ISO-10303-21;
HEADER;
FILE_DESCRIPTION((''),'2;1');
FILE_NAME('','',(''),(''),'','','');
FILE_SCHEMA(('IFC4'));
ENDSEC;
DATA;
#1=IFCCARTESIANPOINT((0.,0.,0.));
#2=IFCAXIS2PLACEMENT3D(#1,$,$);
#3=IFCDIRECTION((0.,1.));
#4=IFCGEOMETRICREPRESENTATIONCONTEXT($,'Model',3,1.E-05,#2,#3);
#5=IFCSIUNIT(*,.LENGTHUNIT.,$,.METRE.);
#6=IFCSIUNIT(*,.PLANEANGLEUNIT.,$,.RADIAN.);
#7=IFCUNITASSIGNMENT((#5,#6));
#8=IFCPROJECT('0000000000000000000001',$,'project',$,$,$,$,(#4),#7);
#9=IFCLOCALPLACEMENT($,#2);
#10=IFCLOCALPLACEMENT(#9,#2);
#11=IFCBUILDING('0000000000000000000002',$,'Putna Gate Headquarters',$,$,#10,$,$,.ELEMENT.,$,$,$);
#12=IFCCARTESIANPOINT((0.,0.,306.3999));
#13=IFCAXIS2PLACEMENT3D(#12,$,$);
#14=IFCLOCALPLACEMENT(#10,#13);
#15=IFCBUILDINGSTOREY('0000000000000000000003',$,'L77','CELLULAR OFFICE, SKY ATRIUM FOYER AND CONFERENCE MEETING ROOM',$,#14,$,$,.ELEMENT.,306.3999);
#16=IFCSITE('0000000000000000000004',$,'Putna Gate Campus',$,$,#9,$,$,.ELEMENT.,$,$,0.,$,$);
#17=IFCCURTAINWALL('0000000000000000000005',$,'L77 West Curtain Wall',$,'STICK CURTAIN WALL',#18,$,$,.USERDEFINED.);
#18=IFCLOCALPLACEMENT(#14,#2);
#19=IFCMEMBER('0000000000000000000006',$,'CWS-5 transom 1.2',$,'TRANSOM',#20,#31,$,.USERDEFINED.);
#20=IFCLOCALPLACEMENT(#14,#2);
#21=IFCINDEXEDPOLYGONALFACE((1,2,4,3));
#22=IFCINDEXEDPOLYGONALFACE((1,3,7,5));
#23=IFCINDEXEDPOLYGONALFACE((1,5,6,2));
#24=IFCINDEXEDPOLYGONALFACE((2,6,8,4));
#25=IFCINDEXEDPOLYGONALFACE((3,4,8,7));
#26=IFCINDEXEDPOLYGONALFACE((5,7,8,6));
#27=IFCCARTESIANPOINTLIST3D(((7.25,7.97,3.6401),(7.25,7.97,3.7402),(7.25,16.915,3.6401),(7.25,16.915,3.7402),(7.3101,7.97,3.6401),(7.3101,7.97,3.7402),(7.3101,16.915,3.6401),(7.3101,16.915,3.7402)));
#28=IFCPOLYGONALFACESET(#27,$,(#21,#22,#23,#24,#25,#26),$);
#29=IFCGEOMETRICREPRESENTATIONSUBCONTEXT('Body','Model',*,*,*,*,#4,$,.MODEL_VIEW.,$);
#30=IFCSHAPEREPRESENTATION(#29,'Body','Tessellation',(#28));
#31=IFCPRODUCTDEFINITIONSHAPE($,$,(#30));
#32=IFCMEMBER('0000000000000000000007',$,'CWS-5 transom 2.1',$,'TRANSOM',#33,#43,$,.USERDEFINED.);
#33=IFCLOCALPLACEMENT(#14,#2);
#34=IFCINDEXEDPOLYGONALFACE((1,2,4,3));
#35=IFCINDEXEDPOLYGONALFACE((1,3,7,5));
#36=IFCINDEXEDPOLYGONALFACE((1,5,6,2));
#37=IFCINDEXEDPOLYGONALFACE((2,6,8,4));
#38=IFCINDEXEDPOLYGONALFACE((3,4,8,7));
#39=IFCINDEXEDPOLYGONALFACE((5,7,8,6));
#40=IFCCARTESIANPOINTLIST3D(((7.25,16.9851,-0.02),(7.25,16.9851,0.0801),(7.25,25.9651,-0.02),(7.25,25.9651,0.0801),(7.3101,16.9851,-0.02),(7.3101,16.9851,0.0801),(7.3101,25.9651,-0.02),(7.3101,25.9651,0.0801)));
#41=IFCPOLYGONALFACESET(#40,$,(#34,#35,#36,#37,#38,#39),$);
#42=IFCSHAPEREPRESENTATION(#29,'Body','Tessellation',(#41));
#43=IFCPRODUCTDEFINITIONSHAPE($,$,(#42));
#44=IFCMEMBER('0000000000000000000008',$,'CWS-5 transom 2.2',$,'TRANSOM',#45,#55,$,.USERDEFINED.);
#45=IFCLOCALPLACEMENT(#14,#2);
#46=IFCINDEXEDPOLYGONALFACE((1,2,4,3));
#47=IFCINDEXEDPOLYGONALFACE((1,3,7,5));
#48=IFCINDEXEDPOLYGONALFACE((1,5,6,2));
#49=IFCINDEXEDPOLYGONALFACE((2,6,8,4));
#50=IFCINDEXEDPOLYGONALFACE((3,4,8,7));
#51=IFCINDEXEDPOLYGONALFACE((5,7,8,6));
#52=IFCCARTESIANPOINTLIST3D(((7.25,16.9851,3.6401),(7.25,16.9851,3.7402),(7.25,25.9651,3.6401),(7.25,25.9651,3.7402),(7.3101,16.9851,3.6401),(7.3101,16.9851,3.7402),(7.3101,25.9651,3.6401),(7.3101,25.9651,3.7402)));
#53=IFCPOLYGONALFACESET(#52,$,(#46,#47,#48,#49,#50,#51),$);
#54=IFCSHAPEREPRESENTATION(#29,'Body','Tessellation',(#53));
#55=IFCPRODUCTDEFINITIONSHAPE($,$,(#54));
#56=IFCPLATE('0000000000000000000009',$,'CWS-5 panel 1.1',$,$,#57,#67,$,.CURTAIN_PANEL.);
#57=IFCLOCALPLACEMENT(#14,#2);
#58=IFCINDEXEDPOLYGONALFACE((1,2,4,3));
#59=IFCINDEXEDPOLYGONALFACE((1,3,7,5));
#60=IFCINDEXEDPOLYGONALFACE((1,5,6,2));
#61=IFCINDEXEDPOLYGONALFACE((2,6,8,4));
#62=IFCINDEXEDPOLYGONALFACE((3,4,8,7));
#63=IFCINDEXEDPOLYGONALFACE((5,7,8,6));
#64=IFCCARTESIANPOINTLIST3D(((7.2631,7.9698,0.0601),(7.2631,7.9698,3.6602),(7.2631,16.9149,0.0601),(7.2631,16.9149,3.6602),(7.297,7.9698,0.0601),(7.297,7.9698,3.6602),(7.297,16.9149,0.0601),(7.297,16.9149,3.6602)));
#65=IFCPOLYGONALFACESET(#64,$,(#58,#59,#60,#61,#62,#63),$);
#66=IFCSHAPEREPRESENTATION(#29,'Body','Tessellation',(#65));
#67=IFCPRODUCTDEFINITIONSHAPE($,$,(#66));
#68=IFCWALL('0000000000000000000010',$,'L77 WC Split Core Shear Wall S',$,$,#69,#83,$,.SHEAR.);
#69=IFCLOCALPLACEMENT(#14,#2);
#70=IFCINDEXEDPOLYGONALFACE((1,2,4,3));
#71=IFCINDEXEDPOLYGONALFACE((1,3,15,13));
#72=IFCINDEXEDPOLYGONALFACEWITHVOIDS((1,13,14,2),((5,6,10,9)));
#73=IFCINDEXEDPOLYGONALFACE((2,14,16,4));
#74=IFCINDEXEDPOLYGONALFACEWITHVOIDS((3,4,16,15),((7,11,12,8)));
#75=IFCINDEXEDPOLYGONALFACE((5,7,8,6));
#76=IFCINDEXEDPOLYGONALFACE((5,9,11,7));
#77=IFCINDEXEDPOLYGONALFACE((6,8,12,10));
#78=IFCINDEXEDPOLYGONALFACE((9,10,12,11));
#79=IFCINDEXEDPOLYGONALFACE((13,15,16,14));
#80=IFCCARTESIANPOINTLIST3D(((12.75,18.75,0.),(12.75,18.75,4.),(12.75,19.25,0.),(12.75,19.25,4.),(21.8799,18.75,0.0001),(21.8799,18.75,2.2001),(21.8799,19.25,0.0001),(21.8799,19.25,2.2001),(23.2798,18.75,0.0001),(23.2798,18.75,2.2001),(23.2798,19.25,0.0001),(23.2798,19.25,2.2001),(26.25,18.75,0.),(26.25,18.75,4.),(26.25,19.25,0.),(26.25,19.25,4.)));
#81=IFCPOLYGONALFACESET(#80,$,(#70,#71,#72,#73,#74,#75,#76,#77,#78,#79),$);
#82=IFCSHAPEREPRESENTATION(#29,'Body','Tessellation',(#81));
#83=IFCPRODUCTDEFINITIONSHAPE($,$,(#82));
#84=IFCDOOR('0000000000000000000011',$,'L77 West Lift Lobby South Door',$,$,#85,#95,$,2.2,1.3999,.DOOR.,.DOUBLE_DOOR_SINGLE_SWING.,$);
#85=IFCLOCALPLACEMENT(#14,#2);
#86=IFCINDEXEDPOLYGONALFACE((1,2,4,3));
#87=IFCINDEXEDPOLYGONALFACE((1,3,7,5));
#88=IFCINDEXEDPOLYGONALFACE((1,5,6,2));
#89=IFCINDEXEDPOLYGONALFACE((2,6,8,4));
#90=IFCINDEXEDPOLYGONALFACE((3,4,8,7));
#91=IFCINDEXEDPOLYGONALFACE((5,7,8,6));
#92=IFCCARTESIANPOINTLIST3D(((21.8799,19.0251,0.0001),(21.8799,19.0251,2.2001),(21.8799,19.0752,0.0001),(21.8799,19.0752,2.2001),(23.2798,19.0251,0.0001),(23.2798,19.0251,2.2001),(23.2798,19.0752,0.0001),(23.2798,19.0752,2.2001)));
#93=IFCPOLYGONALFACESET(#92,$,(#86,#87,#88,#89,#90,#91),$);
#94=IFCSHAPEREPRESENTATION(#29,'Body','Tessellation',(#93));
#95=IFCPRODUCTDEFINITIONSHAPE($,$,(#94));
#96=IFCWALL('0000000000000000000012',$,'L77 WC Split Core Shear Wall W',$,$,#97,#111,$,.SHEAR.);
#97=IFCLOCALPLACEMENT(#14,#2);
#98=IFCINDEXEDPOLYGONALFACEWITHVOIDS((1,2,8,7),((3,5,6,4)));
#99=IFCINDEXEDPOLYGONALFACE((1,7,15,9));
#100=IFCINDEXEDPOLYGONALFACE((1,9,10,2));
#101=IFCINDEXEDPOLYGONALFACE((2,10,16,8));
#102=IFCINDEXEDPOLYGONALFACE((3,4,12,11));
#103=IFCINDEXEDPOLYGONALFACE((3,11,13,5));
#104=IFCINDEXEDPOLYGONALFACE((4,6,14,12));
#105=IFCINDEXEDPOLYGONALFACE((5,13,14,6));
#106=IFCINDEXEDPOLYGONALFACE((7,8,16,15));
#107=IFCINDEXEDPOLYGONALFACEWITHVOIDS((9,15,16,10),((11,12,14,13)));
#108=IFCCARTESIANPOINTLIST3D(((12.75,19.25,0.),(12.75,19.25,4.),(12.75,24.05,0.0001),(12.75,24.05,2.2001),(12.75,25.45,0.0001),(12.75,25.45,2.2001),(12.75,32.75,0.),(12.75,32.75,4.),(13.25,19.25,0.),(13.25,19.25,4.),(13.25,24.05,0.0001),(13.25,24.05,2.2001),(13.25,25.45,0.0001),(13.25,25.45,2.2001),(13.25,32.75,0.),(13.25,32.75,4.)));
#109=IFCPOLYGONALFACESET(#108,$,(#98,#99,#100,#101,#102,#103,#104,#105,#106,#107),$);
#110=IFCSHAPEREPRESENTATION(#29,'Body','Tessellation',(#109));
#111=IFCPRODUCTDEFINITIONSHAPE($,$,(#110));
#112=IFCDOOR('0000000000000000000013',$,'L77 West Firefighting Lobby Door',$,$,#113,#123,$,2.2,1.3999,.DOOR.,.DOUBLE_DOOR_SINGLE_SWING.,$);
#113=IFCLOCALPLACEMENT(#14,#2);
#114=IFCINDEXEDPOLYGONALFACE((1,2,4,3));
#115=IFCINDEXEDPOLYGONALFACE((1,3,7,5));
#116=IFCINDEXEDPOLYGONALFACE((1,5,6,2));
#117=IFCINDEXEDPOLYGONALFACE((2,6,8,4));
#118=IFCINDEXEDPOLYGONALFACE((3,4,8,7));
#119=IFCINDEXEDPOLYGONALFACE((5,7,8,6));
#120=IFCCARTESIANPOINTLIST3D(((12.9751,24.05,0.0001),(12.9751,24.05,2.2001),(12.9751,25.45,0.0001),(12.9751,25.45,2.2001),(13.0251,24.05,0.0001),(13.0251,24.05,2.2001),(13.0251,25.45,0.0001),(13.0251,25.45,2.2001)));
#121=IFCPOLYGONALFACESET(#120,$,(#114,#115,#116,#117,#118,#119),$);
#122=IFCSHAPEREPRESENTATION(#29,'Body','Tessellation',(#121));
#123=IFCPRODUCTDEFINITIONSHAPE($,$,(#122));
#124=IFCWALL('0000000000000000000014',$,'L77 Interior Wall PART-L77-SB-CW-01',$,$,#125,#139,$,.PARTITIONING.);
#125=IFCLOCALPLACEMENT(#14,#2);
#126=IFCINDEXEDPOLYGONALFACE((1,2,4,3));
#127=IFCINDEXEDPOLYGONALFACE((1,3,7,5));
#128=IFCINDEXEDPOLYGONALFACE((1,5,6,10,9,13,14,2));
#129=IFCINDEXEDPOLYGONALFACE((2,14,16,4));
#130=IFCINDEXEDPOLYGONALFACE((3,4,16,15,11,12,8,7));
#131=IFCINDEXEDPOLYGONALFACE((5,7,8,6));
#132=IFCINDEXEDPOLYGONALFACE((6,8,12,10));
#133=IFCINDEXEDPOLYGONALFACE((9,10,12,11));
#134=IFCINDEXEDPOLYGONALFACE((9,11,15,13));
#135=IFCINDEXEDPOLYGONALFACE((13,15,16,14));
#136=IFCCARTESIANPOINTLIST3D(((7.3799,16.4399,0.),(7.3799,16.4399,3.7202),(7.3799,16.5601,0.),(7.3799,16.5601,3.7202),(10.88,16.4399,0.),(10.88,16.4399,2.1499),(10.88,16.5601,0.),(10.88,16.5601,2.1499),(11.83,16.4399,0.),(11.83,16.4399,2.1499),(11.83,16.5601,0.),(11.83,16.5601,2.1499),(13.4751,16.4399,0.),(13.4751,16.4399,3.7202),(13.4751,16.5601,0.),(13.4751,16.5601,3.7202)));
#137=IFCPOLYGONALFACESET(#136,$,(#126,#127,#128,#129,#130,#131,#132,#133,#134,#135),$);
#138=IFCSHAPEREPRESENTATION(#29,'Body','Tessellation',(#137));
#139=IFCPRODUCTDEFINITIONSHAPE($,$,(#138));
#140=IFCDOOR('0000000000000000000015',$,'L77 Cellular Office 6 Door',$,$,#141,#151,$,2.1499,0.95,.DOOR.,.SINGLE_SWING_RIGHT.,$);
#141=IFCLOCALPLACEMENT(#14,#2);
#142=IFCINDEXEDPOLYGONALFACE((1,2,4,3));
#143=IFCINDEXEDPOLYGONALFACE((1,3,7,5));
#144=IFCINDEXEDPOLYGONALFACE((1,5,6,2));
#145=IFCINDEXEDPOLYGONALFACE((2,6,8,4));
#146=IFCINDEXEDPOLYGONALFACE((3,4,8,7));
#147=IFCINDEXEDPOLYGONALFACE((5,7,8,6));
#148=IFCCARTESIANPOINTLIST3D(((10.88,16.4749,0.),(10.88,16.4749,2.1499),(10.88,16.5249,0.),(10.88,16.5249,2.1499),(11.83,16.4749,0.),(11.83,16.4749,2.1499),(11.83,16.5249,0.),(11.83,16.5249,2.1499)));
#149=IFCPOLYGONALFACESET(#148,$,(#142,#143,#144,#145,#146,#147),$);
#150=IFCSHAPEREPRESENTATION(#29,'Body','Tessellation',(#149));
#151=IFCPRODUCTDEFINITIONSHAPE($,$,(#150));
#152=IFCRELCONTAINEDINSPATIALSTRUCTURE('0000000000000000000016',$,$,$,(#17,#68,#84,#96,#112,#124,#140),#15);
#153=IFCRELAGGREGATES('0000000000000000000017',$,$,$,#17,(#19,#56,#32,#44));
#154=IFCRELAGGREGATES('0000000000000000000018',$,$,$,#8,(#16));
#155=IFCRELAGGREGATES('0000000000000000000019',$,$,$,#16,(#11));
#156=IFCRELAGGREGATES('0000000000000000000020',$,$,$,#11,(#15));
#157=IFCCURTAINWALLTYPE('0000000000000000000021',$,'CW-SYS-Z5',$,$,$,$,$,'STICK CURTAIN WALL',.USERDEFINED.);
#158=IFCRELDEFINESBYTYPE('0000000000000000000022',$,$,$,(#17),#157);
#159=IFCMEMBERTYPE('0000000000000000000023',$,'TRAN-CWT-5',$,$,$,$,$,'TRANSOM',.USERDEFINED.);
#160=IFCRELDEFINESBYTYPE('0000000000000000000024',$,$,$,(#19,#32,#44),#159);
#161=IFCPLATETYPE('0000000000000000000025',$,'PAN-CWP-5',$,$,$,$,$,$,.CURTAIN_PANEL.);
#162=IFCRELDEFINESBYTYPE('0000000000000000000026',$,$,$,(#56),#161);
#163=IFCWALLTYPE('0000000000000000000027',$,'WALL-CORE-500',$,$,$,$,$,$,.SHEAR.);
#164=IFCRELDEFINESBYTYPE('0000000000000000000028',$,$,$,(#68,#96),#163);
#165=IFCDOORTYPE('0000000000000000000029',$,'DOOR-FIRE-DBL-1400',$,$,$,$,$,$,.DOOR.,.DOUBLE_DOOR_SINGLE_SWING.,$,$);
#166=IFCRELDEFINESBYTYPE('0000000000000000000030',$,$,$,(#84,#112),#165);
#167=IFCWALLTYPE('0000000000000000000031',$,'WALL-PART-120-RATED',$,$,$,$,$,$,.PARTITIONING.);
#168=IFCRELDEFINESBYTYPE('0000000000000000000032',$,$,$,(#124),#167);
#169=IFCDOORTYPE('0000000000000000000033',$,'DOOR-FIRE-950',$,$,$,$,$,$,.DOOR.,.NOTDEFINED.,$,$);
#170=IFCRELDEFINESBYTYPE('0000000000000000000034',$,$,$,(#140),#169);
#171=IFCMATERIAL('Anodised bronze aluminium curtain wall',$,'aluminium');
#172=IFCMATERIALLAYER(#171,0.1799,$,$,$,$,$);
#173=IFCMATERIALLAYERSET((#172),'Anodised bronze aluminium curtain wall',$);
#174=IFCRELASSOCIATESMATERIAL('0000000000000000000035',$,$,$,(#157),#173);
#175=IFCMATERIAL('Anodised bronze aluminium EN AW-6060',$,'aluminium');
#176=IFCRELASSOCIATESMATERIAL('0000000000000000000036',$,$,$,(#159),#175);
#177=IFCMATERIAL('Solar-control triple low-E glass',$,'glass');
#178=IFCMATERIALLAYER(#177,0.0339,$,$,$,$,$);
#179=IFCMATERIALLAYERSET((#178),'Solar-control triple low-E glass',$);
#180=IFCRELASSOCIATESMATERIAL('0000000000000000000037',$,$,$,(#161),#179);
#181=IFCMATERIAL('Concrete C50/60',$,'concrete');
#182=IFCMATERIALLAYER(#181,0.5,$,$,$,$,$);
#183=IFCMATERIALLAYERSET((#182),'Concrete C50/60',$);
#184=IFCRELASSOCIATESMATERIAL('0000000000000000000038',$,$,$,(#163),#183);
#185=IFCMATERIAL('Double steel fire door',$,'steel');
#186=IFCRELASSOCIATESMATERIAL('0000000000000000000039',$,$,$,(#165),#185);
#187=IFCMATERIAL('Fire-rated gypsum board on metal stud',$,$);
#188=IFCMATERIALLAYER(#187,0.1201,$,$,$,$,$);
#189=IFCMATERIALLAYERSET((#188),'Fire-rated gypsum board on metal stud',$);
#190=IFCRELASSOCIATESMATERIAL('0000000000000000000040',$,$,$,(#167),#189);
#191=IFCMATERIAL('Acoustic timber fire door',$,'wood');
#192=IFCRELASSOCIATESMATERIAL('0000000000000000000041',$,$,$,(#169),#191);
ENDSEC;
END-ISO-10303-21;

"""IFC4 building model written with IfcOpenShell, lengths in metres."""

from ifc_helpers import new_model, si_unit, direction, frame, frame_2d, origin, origin_2d, place, context, subcontext, project, spatial, rectangle, extrude, material, layer, layer_set, material_profile, profile_set, type_object, element, fill, aggregate, save


model = new_model("IFC4")

# Units and contexts
model_context = context("Model", 3, precision=1e-05, world=origin(), true_north=direction((0.0, 1.0)))
body_context = subcontext(model_context, "Body", "Model", "MODEL_VIEW")
ifc_project = project(units=[si_unit("LENGTHUNIT", "METRE"), si_unit("PLANEANGLEUNIT", "RADIAN")], contexts=[model_context])

# Site, building, storey
site_placement = place(None, origin())
site = spatial("IfcSite", under=ifc_project, at=site_placement, Name="Putna Gate Campus", CompositionType="ELEMENT", RefElevation=0.0)
building_placement = place(site_placement, origin())
building = spatial("IfcBuilding", under=site, at=building_placement, Name="Putna Gate Headquarters", CompositionType="ELEMENT")
storey_placement = place(building_placement, frame((0.0, 0.0, 306.3999)))
storey = spatial("IfcBuildingStorey", under=building, at=storey_placement, Name="L77", Description="CELLULAR OFFICE, SKY ATRIUM FOYER AND CONFERENCE MEETING ROOM", CompositionType="ELEMENT", Elevation=306.3999)

# Curtain wall, members, plate
ifc_material_1 = material(Name="Anodised bronze aluminium curtain wall", Category="aluminium")
ifc_layer_1 = layer(ifc_material_1, 0.1799)
ifc_layer_set_1 = layer_set([ifc_layer_1], Name="Anodised bronze aluminium curtain wall")
curtain_wall_type = type_object("IfcCurtainWallType", Name="CW-SYS-Z5", ElementType="STICK CURTAIN WALL", PredefinedType="USERDEFINED", material=ifc_layer_set_1)
curtain_wall_placement = place(storey_placement, origin())
curtain_wall = element("IfcCurtainWall", 1, at=curtain_wall_placement, inside=storey, type_object=curtain_wall_type, Name="L77 West Curtain Wall", ObjectType="STICK CURTAIN WALL", PredefinedType="USERDEFINED")
ifc_material_2 = material(Name="Anodised bronze aluminium EN AW-6060", Category="aluminium")
ifc_material_profile_1 = material_profile(ifc_material_2, rectangle(XDim=0.0601, YDim=0.1001, at=origin_2d()), Name="Anodised bronze aluminium EN AW-6060")
ifc_profile_set_1 = profile_set([ifc_material_profile_1], Name="Anodised bronze aluminium EN AW-6060")
member_type_1 = type_object("IfcMemberType", Name="TRAN-CWT-5", ElementType="TRANSOM", PredefinedType="USERDEFINED", material=ifc_profile_set_1)
member_1_placement = place(storey_placement, frame((7.28, 7.97, 3.6902), z_axis=(0.0, 1.0, 0.0), x_axis=(-1.0, 0.0, 0.0)))
member_1 = element("IfcMember", 2, at=member_1_placement, type_object=member_type_1, Name="CWS-5 transom 1.2", ObjectType="TRANSOM", PredefinedType="USERDEFINED", context=body_context, shape_type="SweptSolid", body=[
    extrude(rectangle(XDim=0.0601, YDim=0.1001, at=origin_2d()), origin(), (0.0, 0.0, 1.0), 8.9451),
])
member_2_placement = place(storey_placement, frame((7.28, 16.9851, 0.03), z_axis=(0.0, 1.0, 0.0), x_axis=(-1.0, 0.0, 0.0)))
member_2 = element("IfcMember", 3, at=member_2_placement, type_object=member_type_1, Name="CWS-5 transom 2.1", ObjectType="TRANSOM", PredefinedType="USERDEFINED", context=body_context, shape_type="SweptSolid", body=[
    extrude(rectangle(XDim=0.0601, YDim=0.1001, at=origin_2d()), origin(), (0.0, 0.0, 1.0), 8.98),
])
member_3_placement = place(storey_placement, frame((7.28, 16.9851, 3.6902), z_axis=(0.0, 1.0, 0.0), x_axis=(-1.0, 0.0, 0.0)))
member_3 = element("IfcMember", 4, at=member_3_placement, type_object=member_type_1, Name="CWS-5 transom 2.2", ObjectType="TRANSOM", PredefinedType="USERDEFINED", context=body_context, shape_type="SweptSolid", body=[
    extrude(rectangle(XDim=0.0601, YDim=0.1001, at=origin_2d()), origin(), (0.0, 0.0, 1.0), 8.98),
])
ifc_material_3 = material(Name="Solar-control triple low-E glass", Category="glass")
ifc_layer_2 = layer(ifc_material_3, 0.0339)
ifc_layer_set_2 = layer_set([ifc_layer_2], Name="Solar-control triple low-E glass")
plate_type = type_object("IfcPlateType", Name="PAN-CWP-5", PredefinedType="CURTAIN_PANEL", material=ifc_layer_set_2)
plate_placement = place(storey_placement, frame((7.28, 12.4424, 0.0601), z_axis=(0.0, 0.0, 1.0), x_axis=(0.0, 1.0, 0.0)))
plate = element("IfcPlate", 5, at=plate_placement, type_object=plate_type, Name="CWS-5 panel 1.1", PredefinedType="CURTAIN_PANEL", context=body_context, shape_type="SweptSolid", body=[
    extrude(rectangle(XDim=8.9451, YDim=0.0339, at=origin_2d()), origin(), (0.0, 0.0, 1.0), 3.6001),
])
aggregate(curtain_wall, [member_1, plate, member_2, member_3])

# Walls, openings, doors
ifc_material_4 = material(Name="Concrete C50/60", Category="concrete")
ifc_layer_3 = layer(ifc_material_4, 0.5)
ifc_layer_set_3 = layer_set([ifc_layer_3], Name="Concrete C50/60")
wall_type_1 = type_object("IfcWallType", Name="WALL-CORE-500", PredefinedType="SHEAR", material=ifc_layer_set_3)
wall_1_placement = place(storey_placement, frame((12.75, 19.0, 0.0), z_axis=(0.0, 0.0, 1.0), x_axis=(1.0, 0.0, 0.0)))
wall_1 = element("IfcWall", 6, at=wall_1_placement, inside=storey, type_object=wall_type_1, Name="L77 WC Split Core Shear Wall S", PredefinedType="SHEAR", context=body_context, shape_type="SweptSolid", body=[
    extrude(rectangle(XDim=13.5, YDim=0.5, at=frame_2d((6.75, 0.0))), origin(), (0.0, 0.0, 1.0), 4.0),
])
opening_1_placement = place(wall_1_placement, frame((9.1299, 0.0, 0.0)))
opening_1 = element("IfcOpeningElement", 7, at=opening_1_placement, cuts=wall_1, PredefinedType="OPENING", context=body_context, shape_type="SweptSolid", body=[
    extrude(rectangle(XDim=1.3999, YDim=2.2, at=frame_2d((0.7, 1.1001))), frame((0.0, 0.26, 0.0), z_axis=(0.0, -1.0, 0.0), x_axis=(1.0, 0.0, 0.0)), (0.0, 0.0, 1.0), 0.52),
])
ifc_material_5 = material(Name="Double steel fire door", Category="steel")
door_type_1 = type_object("IfcDoorType", Name="DOOR-FIRE-DBL-1400", OperationType="DOUBLE_DOOR_SINGLE_SWING", PredefinedType="DOOR", material=ifc_material_5)
door_1_placement = place(opening_1_placement, origin())
door_1 = element("IfcDoor", 8, at=door_1_placement, inside=storey, type_object=door_type_1, Name="L77 West Lift Lobby South Door", OperationType="DOUBLE_DOOR_SINGLE_SWING", OverallHeight=2.2, OverallWidth=1.3999, PredefinedType="DOOR", context=body_context, shape_type="SweptSolid", body=[
    extrude(rectangle(XDim=1.3999, YDim=2.2, at=frame_2d((0.7, 1.1001))), frame((0.0, 0.0752, 0.0), z_axis=(0.0, -1.0, 0.0), x_axis=(1.0, 0.0, 0.0)), (0.0, 0.0, 1.0), 0.05),
])
fill(opening_1, door_1)
wall_2_placement = place(storey_placement, frame((13.0, 19.25, 0.0), z_axis=(0.0, 0.0, 1.0), x_axis=(0.0, 1.0, 0.0)))
wall_2 = element("IfcWall", 9, at=wall_2_placement, inside=storey, type_object=wall_type_1, Name="L77 WC Split Core Shear Wall W", PredefinedType="SHEAR", context=body_context, shape_type="SweptSolid", body=[
    extrude(rectangle(XDim=13.5, YDim=0.5, at=frame_2d((6.75, 0.0))), origin(), (0.0, 0.0, 1.0), 4.0),
])
opening_2_placement = place(wall_2_placement, frame((4.8, 0.0, 0.0)))
opening_2 = element("IfcOpeningElement", 10, at=opening_2_placement, cuts=wall_2, PredefinedType="OPENING", context=body_context, shape_type="SweptSolid", body=[
    extrude(rectangle(XDim=1.3999, YDim=2.2, at=frame_2d((0.7, 1.1001))), frame((0.0, 0.26, 0.0), z_axis=(0.0, -1.0, 0.0), x_axis=(1.0, 0.0, 0.0)), (0.0, 0.0, 1.0), 0.52),
])
door_2_placement = place(opening_2_placement, origin())
door_2 = element("IfcDoor", 11, at=door_2_placement, inside=storey, type_object=door_type_1, Name="L77 West Firefighting Lobby Door", OperationType="DOUBLE_DOOR_SINGLE_SWING", OverallHeight=2.2, OverallWidth=1.3999, PredefinedType="DOOR", context=body_context, shape_type="SweptSolid", body=[
    extrude(rectangle(XDim=1.3999, YDim=2.2, at=frame_2d((0.7, 1.1001))), frame((0.0, 0.0249, 0.0), z_axis=(0.0, -1.0, 0.0), x_axis=(1.0, 0.0, 0.0)), (0.0, 0.0, 1.0), 0.05),
])
fill(opening_2, door_2)
ifc_material_6 = material(Name="Fire-rated gypsum board on metal stud")
ifc_layer_4 = layer(ifc_material_6, 0.1201)
ifc_layer_set_4 = layer_set([ifc_layer_4], Name="Fire-rated gypsum board on metal stud")
wall_type_2 = type_object("IfcWallType", Name="WALL-PART-120-RATED", PredefinedType="PARTITIONING", material=ifc_layer_set_4)
wall_3_placement = place(storey_placement, frame((7.3799, 16.5, 0.0), z_axis=(0.0, 0.0, 1.0), x_axis=(1.0, 0.0, 0.0)))
wall_3 = element("IfcWall", 12, at=wall_3_placement, inside=storey, type_object=wall_type_2, Name="L77 Interior Wall PART-L77-SB-CW-01", PredefinedType="PARTITIONING", context=body_context, shape_type="SweptSolid", body=[
    extrude(rectangle(XDim=6.0952, YDim=0.1201, at=frame_2d((3.0476, 0.0))), origin(), (0.0, 0.0, 1.0), 3.7202),
])
opening_3_placement = place(wall_3_placement, frame((3.5, 0.0, 0.0)))
opening_3 = element("IfcOpeningElement", 13, at=opening_3_placement, cuts=wall_3, PredefinedType="OPENING", context=body_context, shape_type="SweptSolid", body=[
    extrude(rectangle(XDim=0.95, YDim=2.1499, at=frame_2d((0.4751, 1.075))), frame((0.0, 0.0701, 0.0), z_axis=(0.0, -1.0, 0.0), x_axis=(1.0, 0.0, 0.0)), (0.0, 0.0, 1.0), 0.1401),
])
ifc_material_7 = material(Name="Acoustic timber fire door", Category="wood")
door_type_2 = type_object("IfcDoorType", Name="DOOR-FIRE-950", OperationType="NOTDEFINED", PredefinedType="DOOR", material=ifc_material_7)
door_3_placement = place(opening_3_placement, origin())
door_3 = element("IfcDoor", 14, at=door_3_placement, inside=storey, type_object=door_type_2, Name="L77 Cellular Office 6 Door", OperationType="SINGLE_SWING_RIGHT", OverallHeight=2.1499, OverallWidth=0.95, PredefinedType="DOOR", context=body_context, shape_type="SweptSolid", body=[
    extrude(rectangle(XDim=0.95, YDim=2.1499, at=frame_2d((0.4751, 1.075))), frame((0.0, 0.0249, 0.0), z_axis=(0.0, -1.0, 0.0), x_axis=(1.0, 0.0, 0.0)), (0.0, 0.0, 1.0), 0.05),
])
fill(opening_3, door_3)

save(model, "model.ifc")
